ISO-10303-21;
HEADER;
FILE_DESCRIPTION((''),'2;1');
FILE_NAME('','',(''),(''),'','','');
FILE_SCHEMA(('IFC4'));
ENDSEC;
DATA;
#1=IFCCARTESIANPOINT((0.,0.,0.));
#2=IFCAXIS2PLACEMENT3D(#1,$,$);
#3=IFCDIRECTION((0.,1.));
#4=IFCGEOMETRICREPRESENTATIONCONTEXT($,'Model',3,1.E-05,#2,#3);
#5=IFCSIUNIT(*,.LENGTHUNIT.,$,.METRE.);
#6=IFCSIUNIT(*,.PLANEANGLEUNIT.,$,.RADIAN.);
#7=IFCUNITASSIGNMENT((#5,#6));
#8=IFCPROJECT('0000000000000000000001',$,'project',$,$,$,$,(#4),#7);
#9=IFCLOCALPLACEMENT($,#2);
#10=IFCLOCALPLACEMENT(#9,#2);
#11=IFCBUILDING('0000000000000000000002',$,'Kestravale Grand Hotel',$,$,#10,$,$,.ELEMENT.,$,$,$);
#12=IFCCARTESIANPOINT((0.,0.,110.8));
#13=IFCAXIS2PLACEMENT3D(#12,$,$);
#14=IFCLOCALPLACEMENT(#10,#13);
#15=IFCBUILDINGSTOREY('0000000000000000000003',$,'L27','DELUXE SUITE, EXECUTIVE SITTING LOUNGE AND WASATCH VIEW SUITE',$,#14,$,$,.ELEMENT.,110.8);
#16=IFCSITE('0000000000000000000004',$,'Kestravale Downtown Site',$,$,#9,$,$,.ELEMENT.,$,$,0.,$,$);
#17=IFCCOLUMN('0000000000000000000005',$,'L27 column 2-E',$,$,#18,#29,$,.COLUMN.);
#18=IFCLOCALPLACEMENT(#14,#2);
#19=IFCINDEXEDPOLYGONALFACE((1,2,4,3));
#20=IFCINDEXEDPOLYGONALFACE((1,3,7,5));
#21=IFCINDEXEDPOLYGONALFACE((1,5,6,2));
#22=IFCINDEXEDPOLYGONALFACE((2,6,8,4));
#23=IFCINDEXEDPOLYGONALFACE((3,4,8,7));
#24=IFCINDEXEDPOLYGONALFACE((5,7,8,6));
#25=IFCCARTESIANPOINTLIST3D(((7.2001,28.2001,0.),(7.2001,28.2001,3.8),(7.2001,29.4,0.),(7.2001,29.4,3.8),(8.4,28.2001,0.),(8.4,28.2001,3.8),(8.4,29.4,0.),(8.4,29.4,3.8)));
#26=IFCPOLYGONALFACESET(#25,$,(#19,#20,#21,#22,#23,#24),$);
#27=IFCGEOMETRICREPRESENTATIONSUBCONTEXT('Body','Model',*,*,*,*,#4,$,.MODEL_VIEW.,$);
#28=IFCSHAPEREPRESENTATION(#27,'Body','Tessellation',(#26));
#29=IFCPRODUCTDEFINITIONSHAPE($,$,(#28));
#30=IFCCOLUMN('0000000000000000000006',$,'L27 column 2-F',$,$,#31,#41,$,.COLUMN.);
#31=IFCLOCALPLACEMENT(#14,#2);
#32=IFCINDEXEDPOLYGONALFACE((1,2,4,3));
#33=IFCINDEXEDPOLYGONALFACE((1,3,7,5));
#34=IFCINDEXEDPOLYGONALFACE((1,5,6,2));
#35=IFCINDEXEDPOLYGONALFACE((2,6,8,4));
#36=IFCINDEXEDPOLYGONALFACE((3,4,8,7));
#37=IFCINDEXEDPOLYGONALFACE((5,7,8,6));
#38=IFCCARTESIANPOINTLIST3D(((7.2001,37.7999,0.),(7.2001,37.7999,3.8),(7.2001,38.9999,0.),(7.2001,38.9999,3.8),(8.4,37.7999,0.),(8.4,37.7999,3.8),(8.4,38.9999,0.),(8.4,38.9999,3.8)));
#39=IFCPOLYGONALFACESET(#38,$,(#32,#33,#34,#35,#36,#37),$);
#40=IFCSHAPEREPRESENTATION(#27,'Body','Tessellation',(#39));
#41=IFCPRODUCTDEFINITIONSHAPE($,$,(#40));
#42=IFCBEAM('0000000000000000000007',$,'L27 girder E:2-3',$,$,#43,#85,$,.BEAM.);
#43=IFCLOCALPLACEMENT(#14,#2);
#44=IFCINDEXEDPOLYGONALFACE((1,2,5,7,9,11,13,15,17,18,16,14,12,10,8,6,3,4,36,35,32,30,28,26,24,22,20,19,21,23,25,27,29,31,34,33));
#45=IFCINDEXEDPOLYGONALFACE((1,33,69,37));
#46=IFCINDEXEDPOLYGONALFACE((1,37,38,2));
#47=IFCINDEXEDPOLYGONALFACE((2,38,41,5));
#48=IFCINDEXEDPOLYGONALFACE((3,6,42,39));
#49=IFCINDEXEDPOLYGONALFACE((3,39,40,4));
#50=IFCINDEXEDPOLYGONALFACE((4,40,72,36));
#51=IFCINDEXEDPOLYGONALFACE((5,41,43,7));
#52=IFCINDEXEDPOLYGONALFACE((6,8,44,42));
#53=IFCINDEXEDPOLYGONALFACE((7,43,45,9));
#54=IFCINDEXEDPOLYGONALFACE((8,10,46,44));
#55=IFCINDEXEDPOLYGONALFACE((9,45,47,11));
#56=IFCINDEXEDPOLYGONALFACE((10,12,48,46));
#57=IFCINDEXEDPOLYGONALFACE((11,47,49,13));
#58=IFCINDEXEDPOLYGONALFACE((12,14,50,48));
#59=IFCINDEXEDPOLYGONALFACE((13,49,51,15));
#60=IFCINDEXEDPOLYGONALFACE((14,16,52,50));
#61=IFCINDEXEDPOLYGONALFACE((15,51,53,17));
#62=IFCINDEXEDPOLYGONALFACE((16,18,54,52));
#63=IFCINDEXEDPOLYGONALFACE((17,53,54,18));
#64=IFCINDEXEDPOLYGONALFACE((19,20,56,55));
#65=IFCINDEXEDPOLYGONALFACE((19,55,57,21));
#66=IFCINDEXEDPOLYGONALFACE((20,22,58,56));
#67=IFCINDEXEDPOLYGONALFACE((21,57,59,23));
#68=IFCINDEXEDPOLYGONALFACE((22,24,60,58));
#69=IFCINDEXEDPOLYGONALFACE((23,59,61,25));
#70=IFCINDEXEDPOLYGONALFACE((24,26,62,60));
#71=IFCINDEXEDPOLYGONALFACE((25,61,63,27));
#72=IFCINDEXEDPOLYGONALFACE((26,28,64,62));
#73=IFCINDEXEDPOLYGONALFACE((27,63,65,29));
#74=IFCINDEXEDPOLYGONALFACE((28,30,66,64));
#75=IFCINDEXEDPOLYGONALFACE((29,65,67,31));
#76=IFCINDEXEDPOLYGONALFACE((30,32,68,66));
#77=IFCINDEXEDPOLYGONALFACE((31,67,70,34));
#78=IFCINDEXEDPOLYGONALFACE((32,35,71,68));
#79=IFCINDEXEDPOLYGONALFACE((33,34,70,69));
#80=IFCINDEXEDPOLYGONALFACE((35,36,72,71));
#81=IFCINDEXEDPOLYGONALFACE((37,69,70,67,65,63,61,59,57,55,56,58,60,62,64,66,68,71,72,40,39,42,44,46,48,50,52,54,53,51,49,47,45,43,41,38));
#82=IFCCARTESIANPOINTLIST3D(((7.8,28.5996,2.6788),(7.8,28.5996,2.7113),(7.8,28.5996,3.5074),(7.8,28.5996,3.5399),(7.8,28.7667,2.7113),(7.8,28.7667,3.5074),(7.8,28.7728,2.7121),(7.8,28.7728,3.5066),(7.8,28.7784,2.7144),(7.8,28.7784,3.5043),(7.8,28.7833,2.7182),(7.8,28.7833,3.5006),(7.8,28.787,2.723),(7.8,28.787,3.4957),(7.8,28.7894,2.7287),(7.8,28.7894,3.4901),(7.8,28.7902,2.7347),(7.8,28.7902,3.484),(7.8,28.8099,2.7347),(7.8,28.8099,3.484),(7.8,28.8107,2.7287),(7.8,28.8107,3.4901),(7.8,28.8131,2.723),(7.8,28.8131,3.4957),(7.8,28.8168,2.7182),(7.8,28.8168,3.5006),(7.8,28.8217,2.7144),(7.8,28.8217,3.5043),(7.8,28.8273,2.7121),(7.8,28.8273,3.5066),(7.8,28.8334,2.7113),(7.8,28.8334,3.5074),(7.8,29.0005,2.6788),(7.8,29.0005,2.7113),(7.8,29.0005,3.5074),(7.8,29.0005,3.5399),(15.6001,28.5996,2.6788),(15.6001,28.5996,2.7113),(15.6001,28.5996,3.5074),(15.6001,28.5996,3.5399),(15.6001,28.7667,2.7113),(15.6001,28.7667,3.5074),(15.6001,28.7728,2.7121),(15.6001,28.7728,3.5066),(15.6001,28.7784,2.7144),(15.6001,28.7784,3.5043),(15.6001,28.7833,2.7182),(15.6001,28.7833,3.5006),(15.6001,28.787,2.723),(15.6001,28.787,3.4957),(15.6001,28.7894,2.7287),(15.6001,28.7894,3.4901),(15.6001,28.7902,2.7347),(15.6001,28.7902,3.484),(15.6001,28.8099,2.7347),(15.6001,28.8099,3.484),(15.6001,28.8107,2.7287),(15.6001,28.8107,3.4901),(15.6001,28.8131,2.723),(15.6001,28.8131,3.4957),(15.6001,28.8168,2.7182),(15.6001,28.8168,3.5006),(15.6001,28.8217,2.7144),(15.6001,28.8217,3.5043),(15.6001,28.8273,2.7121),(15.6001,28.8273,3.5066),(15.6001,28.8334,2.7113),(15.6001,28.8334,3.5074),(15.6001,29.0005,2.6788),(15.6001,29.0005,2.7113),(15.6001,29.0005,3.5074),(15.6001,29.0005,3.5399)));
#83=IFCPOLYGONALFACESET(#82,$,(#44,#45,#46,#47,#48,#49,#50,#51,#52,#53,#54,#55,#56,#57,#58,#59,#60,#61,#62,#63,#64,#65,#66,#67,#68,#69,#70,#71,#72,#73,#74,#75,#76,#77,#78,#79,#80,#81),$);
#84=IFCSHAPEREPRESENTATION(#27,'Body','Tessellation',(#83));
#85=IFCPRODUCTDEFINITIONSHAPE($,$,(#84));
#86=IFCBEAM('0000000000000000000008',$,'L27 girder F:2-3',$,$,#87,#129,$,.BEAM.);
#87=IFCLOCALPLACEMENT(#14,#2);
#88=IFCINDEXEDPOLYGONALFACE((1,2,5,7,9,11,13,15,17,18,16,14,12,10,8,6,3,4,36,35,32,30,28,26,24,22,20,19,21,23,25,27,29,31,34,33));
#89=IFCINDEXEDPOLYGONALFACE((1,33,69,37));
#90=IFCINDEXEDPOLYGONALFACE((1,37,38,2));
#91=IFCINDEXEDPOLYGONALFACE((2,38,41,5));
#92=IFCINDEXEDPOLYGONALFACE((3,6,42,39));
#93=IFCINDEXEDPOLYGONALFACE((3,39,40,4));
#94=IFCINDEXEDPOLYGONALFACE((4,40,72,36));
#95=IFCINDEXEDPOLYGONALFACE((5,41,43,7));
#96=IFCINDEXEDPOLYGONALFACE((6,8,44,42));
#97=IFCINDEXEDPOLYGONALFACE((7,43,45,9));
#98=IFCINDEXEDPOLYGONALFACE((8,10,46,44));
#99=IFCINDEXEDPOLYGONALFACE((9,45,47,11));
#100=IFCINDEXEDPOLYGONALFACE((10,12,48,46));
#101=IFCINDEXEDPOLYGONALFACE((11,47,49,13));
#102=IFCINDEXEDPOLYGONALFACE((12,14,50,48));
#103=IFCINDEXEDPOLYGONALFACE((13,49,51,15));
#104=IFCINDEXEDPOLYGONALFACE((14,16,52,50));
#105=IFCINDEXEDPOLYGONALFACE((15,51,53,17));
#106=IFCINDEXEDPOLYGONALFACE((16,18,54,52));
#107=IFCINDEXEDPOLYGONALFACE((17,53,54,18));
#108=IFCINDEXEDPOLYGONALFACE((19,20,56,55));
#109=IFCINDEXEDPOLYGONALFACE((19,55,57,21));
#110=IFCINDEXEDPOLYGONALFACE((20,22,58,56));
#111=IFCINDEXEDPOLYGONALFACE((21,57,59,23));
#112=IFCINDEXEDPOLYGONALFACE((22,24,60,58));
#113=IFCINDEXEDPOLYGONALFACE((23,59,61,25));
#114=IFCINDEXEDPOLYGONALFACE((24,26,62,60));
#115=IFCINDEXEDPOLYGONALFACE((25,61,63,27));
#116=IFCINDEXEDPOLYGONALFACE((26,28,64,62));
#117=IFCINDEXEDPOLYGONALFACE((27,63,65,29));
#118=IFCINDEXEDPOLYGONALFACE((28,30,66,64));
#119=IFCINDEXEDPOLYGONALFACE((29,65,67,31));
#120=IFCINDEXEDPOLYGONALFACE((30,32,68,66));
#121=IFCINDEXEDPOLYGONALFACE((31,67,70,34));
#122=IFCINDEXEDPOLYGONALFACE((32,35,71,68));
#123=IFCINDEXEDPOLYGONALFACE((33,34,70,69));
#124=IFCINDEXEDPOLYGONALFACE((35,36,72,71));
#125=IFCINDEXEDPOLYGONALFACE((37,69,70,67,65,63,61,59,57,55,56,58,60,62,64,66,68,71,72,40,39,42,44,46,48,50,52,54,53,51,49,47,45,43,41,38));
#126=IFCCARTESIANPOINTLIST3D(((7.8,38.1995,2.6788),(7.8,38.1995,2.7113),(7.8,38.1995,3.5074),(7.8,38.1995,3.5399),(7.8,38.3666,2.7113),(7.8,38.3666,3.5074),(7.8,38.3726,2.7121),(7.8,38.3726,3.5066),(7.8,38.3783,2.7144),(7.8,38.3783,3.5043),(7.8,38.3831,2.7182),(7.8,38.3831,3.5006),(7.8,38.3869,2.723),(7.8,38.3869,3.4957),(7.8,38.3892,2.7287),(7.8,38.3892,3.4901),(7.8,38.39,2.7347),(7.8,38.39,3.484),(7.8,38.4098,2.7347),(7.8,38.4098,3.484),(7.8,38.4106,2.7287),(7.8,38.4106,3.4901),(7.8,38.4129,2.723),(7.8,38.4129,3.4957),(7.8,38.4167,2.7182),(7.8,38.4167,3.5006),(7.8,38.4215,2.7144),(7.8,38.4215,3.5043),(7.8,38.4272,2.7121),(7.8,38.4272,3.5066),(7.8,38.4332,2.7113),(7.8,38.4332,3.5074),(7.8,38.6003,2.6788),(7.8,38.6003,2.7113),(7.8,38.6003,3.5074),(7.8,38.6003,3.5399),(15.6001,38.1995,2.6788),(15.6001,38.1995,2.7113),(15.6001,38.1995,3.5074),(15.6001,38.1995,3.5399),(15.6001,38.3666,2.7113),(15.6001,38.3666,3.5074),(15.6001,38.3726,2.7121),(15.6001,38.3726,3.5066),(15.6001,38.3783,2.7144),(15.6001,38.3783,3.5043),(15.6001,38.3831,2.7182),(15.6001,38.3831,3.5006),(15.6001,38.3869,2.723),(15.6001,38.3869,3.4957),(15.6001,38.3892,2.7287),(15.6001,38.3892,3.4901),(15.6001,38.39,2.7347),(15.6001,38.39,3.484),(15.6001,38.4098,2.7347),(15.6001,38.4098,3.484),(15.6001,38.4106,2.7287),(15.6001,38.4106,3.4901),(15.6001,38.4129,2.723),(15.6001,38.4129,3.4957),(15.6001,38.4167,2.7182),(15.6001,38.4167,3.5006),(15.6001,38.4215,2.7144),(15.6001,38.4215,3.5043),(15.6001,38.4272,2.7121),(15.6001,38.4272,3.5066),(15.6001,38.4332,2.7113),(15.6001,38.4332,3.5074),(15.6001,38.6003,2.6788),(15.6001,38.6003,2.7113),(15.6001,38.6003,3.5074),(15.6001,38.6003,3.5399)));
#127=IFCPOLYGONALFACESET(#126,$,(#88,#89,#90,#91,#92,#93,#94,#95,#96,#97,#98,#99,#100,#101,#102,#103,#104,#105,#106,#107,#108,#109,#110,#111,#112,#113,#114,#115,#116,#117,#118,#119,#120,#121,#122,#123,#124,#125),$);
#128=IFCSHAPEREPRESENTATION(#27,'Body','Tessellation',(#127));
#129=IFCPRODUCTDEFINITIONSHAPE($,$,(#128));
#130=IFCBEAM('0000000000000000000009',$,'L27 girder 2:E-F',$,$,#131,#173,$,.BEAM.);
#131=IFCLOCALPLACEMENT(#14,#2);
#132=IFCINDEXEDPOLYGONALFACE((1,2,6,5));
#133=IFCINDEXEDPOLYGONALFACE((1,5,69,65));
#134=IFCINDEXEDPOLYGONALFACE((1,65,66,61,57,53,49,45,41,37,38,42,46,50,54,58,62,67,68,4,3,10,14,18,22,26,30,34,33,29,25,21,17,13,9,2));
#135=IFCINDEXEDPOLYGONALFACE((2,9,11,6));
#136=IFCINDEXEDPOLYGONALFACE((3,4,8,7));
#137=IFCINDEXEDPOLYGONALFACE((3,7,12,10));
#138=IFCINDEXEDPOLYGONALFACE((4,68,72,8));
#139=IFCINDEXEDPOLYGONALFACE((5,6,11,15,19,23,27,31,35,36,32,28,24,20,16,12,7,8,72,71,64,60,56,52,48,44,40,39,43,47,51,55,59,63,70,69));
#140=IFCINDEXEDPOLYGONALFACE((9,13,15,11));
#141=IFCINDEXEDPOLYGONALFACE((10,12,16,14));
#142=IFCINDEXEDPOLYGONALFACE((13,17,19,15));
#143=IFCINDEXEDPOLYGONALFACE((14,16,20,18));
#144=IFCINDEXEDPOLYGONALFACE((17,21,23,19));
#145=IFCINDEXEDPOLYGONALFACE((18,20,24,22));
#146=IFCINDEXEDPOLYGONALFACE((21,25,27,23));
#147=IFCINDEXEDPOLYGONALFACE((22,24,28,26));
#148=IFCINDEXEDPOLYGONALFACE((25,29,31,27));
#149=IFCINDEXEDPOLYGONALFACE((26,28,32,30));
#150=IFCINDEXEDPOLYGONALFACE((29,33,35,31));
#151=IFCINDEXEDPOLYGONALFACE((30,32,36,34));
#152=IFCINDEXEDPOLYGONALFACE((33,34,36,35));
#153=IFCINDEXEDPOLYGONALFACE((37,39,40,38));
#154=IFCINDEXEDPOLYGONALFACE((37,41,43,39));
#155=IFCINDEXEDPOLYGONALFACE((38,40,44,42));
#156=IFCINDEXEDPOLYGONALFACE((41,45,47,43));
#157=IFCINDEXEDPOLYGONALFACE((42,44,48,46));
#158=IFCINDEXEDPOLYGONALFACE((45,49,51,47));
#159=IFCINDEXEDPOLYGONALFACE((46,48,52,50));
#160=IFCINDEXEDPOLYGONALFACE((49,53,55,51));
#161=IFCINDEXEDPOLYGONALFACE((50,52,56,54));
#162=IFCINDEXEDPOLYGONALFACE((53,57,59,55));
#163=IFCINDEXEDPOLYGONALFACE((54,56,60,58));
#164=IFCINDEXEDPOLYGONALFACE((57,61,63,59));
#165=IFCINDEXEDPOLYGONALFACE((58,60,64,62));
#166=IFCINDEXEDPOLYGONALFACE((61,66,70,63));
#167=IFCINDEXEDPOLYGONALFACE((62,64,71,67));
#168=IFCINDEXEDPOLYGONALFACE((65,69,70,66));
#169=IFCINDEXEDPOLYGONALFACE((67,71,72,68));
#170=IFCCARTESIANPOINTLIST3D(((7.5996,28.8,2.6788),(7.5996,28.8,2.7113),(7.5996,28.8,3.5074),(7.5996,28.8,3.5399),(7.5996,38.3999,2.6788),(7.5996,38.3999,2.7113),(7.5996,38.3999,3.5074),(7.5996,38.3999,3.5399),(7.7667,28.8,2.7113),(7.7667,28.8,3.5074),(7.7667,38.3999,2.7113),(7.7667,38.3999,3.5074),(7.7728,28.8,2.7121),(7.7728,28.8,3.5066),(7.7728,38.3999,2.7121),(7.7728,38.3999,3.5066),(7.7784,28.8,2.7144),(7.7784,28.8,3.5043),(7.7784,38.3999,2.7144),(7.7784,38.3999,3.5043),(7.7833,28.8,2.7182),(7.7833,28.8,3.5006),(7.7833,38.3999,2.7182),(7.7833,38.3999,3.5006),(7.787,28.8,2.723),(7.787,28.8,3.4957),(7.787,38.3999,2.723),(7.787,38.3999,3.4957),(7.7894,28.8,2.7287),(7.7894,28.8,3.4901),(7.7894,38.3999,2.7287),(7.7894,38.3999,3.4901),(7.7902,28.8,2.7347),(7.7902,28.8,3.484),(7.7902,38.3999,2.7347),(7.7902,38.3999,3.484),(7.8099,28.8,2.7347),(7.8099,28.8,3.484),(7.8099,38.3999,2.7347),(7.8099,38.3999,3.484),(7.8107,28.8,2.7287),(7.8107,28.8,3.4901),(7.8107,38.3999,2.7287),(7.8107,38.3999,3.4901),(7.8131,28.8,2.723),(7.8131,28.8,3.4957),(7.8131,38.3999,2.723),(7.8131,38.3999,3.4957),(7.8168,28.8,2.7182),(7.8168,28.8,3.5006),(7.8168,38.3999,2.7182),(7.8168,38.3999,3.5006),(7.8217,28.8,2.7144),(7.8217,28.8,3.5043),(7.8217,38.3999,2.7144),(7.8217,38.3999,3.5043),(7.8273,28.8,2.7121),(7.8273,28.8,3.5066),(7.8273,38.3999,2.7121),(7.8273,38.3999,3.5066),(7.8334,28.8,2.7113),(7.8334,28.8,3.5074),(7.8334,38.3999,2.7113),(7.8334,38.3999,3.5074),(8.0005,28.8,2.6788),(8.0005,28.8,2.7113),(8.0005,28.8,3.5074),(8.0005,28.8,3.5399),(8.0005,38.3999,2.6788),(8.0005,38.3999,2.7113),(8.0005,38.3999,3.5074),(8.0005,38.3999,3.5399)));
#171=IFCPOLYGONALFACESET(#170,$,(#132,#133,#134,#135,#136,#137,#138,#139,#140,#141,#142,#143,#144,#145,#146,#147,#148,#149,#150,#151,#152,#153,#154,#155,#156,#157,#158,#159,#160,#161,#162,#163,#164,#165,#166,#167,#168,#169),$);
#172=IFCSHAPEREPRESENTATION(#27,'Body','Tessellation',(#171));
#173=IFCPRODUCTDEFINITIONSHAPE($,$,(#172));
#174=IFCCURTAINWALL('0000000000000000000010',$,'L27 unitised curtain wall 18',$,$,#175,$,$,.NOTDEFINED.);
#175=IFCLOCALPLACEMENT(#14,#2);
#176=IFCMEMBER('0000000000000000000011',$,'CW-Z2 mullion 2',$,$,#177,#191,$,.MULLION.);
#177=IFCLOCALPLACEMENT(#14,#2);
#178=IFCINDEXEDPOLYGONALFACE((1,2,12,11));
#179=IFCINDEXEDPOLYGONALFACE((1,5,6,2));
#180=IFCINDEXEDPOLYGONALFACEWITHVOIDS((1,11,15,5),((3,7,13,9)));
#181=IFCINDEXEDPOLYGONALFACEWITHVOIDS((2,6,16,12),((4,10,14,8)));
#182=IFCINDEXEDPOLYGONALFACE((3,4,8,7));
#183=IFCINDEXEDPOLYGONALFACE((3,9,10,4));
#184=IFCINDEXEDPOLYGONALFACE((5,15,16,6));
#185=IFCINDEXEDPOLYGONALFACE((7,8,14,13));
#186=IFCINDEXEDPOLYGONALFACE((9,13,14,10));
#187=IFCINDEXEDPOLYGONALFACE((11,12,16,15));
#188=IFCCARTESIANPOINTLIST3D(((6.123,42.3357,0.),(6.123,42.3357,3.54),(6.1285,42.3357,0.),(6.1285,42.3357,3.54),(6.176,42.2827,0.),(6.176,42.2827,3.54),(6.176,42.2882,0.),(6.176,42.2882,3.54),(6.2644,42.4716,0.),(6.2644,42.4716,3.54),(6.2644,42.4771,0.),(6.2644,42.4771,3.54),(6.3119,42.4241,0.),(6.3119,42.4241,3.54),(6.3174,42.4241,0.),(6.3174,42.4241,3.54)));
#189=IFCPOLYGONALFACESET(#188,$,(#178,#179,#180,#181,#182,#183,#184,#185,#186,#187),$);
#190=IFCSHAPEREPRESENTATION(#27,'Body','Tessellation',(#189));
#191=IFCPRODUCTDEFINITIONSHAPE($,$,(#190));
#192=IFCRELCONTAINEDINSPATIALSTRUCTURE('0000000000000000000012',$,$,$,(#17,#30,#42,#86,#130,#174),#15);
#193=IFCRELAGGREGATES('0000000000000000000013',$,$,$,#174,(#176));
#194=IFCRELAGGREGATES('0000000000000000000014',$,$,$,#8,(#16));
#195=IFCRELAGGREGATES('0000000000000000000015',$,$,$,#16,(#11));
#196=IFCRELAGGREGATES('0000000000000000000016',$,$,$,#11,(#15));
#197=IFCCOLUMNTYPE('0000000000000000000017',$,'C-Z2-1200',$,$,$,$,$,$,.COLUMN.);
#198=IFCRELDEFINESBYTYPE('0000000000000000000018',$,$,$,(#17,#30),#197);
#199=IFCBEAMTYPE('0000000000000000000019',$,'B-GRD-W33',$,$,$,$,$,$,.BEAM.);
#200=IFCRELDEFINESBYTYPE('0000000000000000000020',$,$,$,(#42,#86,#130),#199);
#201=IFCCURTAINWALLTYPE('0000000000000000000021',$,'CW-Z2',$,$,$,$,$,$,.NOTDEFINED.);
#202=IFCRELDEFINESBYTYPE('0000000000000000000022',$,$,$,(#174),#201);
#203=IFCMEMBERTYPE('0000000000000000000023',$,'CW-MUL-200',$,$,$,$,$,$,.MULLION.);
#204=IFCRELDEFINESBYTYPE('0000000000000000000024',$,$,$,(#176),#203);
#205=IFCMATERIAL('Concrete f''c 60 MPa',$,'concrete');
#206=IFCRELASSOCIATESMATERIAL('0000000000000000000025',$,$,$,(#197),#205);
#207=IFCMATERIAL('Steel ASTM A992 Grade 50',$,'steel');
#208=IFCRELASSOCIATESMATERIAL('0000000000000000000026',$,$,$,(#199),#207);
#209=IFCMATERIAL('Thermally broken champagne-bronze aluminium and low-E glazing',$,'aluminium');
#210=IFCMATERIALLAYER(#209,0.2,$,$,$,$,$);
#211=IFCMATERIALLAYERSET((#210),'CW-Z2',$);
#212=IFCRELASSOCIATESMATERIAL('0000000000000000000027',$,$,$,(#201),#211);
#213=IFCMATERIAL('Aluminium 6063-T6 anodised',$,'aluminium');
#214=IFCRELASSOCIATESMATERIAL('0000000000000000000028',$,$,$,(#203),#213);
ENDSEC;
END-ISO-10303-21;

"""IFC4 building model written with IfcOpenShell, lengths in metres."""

from ifc_helpers import new_model, si_unit, direction, frame, origin, origin_2d, place, context, subcontext, project, spatial, rectangle, hollow_rectangle, i_section, extrude, material, layer, layer_set, material_profile, profile_set, type_object, element, aggregate, save


model = new_model("IFC4")

# Units and contexts
model_context = context("Model", 3, precision=1e-05, world=origin(), true_north=direction((0.0, 1.0)))
body_context = subcontext(model_context, "Body", "Model", "MODEL_VIEW")
ifc_project = project(units=[si_unit("LENGTHUNIT", "METRE"), si_unit("PLANEANGLEUNIT", "RADIAN")], contexts=[model_context])

# Site, building, storey
site_placement = place(None, origin())
site = spatial("IfcSite", under=ifc_project, at=site_placement, Name="Kestravale Downtown Site", CompositionType="ELEMENT", RefElevation=0.0)
building_placement = place(site_placement, origin())
building = spatial("IfcBuilding", under=site, at=building_placement, Name="Kestravale Grand Hotel", CompositionType="ELEMENT")
storey_placement = place(building_placement, frame((0.0, 0.0, 110.8)))
storey = spatial("IfcBuildingStorey", under=building, at=storey_placement, Name="L27", Description="DELUXE SUITE, EXECUTIVE SITTING LOUNGE AND WASATCH VIEW SUITE", CompositionType="ELEMENT", Elevation=110.8)

# Columns
ifc_material_1 = material(Name="Concrete f'c 60 MPa", Category="concrete")
ifc_material_profile_1 = material_profile(ifc_material_1, rectangle(XDim=1.2, YDim=1.2, at=origin_2d()))
ifc_profile_set_1 = profile_set([ifc_material_profile_1], Name="Concrete f'c 60 MPa")
column_type = type_object("IfcColumnType", Name="C-Z2-1200", PredefinedType="COLUMN", material=ifc_profile_set_1)
for number, where, z_axis, x_axis, name in (
    (1, (7.8, 28.8, 0.0), (0.0, 0.0, 1.0), (1.0, 0.0, 0.0), "L27 column 2-E"),
    (2, (7.8, 38.3999, 0.0), (0.0, 0.0, 1.0), (1.0, 0.0, 0.0), "L27 column 2-F"),
):
    element("IfcColumn", number, at=place(storey_placement, frame(where, z_axis=z_axis, x_axis=x_axis)), inside=storey, type_object=column_type, Name=name, PredefinedType="COLUMN", context=body_context, shape_type="SweptSolid", body=[
        extrude(rectangle(XDim=1.2, YDim=1.2, at=origin_2d()), origin(), (0.0, 0.0, 1.0), 3.8),
    ])

# Beams
ifc_material_2 = material(Name="Steel ASTM A992 Grade 50", Category="steel")
ifc_material_profile_2 = material_profile(ifc_material_2, i_section(OverallWidth=0.4009, OverallDepth=0.8611, WebThickness=0.0198, FlangeThickness=0.0325, FilletRadius=0.0234, at=origin_2d()))
ifc_profile_set_2 = profile_set([ifc_material_profile_2], Name="Steel ASTM A992 Grade 50")
beam_type = type_object("IfcBeamType", Name="B-GRD-W33", PredefinedType="BEAM", material=ifc_profile_set_2)
for number, where, z_axis, x_axis, name in (
    (3, (7.8, 28.8, 3.1094), (1.0, 0.0, 0.0), (0.0, 1.0, 0.0), "L27 girder E:2-3"),
    (4, (7.8, 38.3999, 3.1094), (1.0, 0.0, 0.0), (0.0, 1.0, 0.0), "L27 girder F:2-3"),
):
    element("IfcBeam", number, at=place(storey_placement, frame(where, z_axis=z_axis, x_axis=x_axis)), inside=storey, type_object=beam_type, Name=name, PredefinedType="BEAM", context=body_context, shape_type="SweptSolid", body=[
        extrude(i_section(OverallWidth=0.4009, OverallDepth=0.8611, WebThickness=0.0198, FlangeThickness=0.0325, FilletRadius=0.0234, at=origin_2d()), origin(), (0.0, 0.0, 1.0), 7.8),
    ])
beam_placement = place(storey_placement, frame((7.8, 28.8, 3.1094), z_axis=(0.0, 1.0, 0.0), x_axis=(-1.0, 0.0, 0.0)))
element("IfcBeam", 5, at=beam_placement, inside=storey, type_object=beam_type, Name="L27 girder 2:E-F", PredefinedType="BEAM", context=body_context, shape_type="SweptSolid", body=[
    extrude(i_section(OverallWidth=0.4009, OverallDepth=0.8611, WebThickness=0.0198, FlangeThickness=0.0325, FilletRadius=0.0234, at=origin_2d()), origin(), (0.0, 0.0, 1.0), 9.5999),
])

# Curtain wall, member
ifc_material_3 = material(Name="Thermally broken champagne-bronze aluminium and low-E glazing", Category="aluminium")
ifc_layer_1 = layer(ifc_material_3, 0.2)
ifc_layer_set_1 = layer_set([ifc_layer_1], Name="CW-Z2")
curtain_wall_type = type_object("IfcCurtainWallType", Name="CW-Z2", PredefinedType="NOTDEFINED", material=ifc_layer_set_1)
curtain_wall_placement = place(storey_placement, origin())
curtain_wall = element("IfcCurtainWall", 6, at=curtain_wall_placement, inside=storey, type_object=curtain_wall_type, Name="L27 unitised curtain wall 18", PredefinedType="NOTDEFINED")
ifc_material_4 = material(Name="Aluminium 6063-T6 anodised", Category="aluminium")
ifc_material_profile_3 = material_profile(ifc_material_4, hollow_rectangle(XDim=0.075, YDim=0.2, WallThickness=0.0039, at=origin_2d()))
ifc_profile_set_3 = profile_set([ifc_material_profile_3], Name="Aluminium 6063-T6 anodised")
member_type_1 = type_object("IfcMemberType", Name="CW-MUL-200", PredefinedType="MULLION", material=ifc_profile_set_3)
member_1_placement = place(storey_placement, frame((6.2202, 42.3799, 0.0), z_axis=(0.0, 0.0, 1.0), x_axis=(0.707107, -0.707107, 0.0)))
member_1 = element("IfcMember", 7, at=member_1_placement, type_object=member_type_1, Name="CW-Z2 mullion 2", PredefinedType="MULLION", context=body_context, shape_type="SweptSolid", body=[
    extrude(hollow_rectangle(XDim=0.075, YDim=0.2, WallThickness=0.0039, at=origin_2d()), origin(), (0.0, 0.0, 1.0), 3.54),
])
aggregate(curtain_wall, [member_1])

save(model, "model.ifc")
